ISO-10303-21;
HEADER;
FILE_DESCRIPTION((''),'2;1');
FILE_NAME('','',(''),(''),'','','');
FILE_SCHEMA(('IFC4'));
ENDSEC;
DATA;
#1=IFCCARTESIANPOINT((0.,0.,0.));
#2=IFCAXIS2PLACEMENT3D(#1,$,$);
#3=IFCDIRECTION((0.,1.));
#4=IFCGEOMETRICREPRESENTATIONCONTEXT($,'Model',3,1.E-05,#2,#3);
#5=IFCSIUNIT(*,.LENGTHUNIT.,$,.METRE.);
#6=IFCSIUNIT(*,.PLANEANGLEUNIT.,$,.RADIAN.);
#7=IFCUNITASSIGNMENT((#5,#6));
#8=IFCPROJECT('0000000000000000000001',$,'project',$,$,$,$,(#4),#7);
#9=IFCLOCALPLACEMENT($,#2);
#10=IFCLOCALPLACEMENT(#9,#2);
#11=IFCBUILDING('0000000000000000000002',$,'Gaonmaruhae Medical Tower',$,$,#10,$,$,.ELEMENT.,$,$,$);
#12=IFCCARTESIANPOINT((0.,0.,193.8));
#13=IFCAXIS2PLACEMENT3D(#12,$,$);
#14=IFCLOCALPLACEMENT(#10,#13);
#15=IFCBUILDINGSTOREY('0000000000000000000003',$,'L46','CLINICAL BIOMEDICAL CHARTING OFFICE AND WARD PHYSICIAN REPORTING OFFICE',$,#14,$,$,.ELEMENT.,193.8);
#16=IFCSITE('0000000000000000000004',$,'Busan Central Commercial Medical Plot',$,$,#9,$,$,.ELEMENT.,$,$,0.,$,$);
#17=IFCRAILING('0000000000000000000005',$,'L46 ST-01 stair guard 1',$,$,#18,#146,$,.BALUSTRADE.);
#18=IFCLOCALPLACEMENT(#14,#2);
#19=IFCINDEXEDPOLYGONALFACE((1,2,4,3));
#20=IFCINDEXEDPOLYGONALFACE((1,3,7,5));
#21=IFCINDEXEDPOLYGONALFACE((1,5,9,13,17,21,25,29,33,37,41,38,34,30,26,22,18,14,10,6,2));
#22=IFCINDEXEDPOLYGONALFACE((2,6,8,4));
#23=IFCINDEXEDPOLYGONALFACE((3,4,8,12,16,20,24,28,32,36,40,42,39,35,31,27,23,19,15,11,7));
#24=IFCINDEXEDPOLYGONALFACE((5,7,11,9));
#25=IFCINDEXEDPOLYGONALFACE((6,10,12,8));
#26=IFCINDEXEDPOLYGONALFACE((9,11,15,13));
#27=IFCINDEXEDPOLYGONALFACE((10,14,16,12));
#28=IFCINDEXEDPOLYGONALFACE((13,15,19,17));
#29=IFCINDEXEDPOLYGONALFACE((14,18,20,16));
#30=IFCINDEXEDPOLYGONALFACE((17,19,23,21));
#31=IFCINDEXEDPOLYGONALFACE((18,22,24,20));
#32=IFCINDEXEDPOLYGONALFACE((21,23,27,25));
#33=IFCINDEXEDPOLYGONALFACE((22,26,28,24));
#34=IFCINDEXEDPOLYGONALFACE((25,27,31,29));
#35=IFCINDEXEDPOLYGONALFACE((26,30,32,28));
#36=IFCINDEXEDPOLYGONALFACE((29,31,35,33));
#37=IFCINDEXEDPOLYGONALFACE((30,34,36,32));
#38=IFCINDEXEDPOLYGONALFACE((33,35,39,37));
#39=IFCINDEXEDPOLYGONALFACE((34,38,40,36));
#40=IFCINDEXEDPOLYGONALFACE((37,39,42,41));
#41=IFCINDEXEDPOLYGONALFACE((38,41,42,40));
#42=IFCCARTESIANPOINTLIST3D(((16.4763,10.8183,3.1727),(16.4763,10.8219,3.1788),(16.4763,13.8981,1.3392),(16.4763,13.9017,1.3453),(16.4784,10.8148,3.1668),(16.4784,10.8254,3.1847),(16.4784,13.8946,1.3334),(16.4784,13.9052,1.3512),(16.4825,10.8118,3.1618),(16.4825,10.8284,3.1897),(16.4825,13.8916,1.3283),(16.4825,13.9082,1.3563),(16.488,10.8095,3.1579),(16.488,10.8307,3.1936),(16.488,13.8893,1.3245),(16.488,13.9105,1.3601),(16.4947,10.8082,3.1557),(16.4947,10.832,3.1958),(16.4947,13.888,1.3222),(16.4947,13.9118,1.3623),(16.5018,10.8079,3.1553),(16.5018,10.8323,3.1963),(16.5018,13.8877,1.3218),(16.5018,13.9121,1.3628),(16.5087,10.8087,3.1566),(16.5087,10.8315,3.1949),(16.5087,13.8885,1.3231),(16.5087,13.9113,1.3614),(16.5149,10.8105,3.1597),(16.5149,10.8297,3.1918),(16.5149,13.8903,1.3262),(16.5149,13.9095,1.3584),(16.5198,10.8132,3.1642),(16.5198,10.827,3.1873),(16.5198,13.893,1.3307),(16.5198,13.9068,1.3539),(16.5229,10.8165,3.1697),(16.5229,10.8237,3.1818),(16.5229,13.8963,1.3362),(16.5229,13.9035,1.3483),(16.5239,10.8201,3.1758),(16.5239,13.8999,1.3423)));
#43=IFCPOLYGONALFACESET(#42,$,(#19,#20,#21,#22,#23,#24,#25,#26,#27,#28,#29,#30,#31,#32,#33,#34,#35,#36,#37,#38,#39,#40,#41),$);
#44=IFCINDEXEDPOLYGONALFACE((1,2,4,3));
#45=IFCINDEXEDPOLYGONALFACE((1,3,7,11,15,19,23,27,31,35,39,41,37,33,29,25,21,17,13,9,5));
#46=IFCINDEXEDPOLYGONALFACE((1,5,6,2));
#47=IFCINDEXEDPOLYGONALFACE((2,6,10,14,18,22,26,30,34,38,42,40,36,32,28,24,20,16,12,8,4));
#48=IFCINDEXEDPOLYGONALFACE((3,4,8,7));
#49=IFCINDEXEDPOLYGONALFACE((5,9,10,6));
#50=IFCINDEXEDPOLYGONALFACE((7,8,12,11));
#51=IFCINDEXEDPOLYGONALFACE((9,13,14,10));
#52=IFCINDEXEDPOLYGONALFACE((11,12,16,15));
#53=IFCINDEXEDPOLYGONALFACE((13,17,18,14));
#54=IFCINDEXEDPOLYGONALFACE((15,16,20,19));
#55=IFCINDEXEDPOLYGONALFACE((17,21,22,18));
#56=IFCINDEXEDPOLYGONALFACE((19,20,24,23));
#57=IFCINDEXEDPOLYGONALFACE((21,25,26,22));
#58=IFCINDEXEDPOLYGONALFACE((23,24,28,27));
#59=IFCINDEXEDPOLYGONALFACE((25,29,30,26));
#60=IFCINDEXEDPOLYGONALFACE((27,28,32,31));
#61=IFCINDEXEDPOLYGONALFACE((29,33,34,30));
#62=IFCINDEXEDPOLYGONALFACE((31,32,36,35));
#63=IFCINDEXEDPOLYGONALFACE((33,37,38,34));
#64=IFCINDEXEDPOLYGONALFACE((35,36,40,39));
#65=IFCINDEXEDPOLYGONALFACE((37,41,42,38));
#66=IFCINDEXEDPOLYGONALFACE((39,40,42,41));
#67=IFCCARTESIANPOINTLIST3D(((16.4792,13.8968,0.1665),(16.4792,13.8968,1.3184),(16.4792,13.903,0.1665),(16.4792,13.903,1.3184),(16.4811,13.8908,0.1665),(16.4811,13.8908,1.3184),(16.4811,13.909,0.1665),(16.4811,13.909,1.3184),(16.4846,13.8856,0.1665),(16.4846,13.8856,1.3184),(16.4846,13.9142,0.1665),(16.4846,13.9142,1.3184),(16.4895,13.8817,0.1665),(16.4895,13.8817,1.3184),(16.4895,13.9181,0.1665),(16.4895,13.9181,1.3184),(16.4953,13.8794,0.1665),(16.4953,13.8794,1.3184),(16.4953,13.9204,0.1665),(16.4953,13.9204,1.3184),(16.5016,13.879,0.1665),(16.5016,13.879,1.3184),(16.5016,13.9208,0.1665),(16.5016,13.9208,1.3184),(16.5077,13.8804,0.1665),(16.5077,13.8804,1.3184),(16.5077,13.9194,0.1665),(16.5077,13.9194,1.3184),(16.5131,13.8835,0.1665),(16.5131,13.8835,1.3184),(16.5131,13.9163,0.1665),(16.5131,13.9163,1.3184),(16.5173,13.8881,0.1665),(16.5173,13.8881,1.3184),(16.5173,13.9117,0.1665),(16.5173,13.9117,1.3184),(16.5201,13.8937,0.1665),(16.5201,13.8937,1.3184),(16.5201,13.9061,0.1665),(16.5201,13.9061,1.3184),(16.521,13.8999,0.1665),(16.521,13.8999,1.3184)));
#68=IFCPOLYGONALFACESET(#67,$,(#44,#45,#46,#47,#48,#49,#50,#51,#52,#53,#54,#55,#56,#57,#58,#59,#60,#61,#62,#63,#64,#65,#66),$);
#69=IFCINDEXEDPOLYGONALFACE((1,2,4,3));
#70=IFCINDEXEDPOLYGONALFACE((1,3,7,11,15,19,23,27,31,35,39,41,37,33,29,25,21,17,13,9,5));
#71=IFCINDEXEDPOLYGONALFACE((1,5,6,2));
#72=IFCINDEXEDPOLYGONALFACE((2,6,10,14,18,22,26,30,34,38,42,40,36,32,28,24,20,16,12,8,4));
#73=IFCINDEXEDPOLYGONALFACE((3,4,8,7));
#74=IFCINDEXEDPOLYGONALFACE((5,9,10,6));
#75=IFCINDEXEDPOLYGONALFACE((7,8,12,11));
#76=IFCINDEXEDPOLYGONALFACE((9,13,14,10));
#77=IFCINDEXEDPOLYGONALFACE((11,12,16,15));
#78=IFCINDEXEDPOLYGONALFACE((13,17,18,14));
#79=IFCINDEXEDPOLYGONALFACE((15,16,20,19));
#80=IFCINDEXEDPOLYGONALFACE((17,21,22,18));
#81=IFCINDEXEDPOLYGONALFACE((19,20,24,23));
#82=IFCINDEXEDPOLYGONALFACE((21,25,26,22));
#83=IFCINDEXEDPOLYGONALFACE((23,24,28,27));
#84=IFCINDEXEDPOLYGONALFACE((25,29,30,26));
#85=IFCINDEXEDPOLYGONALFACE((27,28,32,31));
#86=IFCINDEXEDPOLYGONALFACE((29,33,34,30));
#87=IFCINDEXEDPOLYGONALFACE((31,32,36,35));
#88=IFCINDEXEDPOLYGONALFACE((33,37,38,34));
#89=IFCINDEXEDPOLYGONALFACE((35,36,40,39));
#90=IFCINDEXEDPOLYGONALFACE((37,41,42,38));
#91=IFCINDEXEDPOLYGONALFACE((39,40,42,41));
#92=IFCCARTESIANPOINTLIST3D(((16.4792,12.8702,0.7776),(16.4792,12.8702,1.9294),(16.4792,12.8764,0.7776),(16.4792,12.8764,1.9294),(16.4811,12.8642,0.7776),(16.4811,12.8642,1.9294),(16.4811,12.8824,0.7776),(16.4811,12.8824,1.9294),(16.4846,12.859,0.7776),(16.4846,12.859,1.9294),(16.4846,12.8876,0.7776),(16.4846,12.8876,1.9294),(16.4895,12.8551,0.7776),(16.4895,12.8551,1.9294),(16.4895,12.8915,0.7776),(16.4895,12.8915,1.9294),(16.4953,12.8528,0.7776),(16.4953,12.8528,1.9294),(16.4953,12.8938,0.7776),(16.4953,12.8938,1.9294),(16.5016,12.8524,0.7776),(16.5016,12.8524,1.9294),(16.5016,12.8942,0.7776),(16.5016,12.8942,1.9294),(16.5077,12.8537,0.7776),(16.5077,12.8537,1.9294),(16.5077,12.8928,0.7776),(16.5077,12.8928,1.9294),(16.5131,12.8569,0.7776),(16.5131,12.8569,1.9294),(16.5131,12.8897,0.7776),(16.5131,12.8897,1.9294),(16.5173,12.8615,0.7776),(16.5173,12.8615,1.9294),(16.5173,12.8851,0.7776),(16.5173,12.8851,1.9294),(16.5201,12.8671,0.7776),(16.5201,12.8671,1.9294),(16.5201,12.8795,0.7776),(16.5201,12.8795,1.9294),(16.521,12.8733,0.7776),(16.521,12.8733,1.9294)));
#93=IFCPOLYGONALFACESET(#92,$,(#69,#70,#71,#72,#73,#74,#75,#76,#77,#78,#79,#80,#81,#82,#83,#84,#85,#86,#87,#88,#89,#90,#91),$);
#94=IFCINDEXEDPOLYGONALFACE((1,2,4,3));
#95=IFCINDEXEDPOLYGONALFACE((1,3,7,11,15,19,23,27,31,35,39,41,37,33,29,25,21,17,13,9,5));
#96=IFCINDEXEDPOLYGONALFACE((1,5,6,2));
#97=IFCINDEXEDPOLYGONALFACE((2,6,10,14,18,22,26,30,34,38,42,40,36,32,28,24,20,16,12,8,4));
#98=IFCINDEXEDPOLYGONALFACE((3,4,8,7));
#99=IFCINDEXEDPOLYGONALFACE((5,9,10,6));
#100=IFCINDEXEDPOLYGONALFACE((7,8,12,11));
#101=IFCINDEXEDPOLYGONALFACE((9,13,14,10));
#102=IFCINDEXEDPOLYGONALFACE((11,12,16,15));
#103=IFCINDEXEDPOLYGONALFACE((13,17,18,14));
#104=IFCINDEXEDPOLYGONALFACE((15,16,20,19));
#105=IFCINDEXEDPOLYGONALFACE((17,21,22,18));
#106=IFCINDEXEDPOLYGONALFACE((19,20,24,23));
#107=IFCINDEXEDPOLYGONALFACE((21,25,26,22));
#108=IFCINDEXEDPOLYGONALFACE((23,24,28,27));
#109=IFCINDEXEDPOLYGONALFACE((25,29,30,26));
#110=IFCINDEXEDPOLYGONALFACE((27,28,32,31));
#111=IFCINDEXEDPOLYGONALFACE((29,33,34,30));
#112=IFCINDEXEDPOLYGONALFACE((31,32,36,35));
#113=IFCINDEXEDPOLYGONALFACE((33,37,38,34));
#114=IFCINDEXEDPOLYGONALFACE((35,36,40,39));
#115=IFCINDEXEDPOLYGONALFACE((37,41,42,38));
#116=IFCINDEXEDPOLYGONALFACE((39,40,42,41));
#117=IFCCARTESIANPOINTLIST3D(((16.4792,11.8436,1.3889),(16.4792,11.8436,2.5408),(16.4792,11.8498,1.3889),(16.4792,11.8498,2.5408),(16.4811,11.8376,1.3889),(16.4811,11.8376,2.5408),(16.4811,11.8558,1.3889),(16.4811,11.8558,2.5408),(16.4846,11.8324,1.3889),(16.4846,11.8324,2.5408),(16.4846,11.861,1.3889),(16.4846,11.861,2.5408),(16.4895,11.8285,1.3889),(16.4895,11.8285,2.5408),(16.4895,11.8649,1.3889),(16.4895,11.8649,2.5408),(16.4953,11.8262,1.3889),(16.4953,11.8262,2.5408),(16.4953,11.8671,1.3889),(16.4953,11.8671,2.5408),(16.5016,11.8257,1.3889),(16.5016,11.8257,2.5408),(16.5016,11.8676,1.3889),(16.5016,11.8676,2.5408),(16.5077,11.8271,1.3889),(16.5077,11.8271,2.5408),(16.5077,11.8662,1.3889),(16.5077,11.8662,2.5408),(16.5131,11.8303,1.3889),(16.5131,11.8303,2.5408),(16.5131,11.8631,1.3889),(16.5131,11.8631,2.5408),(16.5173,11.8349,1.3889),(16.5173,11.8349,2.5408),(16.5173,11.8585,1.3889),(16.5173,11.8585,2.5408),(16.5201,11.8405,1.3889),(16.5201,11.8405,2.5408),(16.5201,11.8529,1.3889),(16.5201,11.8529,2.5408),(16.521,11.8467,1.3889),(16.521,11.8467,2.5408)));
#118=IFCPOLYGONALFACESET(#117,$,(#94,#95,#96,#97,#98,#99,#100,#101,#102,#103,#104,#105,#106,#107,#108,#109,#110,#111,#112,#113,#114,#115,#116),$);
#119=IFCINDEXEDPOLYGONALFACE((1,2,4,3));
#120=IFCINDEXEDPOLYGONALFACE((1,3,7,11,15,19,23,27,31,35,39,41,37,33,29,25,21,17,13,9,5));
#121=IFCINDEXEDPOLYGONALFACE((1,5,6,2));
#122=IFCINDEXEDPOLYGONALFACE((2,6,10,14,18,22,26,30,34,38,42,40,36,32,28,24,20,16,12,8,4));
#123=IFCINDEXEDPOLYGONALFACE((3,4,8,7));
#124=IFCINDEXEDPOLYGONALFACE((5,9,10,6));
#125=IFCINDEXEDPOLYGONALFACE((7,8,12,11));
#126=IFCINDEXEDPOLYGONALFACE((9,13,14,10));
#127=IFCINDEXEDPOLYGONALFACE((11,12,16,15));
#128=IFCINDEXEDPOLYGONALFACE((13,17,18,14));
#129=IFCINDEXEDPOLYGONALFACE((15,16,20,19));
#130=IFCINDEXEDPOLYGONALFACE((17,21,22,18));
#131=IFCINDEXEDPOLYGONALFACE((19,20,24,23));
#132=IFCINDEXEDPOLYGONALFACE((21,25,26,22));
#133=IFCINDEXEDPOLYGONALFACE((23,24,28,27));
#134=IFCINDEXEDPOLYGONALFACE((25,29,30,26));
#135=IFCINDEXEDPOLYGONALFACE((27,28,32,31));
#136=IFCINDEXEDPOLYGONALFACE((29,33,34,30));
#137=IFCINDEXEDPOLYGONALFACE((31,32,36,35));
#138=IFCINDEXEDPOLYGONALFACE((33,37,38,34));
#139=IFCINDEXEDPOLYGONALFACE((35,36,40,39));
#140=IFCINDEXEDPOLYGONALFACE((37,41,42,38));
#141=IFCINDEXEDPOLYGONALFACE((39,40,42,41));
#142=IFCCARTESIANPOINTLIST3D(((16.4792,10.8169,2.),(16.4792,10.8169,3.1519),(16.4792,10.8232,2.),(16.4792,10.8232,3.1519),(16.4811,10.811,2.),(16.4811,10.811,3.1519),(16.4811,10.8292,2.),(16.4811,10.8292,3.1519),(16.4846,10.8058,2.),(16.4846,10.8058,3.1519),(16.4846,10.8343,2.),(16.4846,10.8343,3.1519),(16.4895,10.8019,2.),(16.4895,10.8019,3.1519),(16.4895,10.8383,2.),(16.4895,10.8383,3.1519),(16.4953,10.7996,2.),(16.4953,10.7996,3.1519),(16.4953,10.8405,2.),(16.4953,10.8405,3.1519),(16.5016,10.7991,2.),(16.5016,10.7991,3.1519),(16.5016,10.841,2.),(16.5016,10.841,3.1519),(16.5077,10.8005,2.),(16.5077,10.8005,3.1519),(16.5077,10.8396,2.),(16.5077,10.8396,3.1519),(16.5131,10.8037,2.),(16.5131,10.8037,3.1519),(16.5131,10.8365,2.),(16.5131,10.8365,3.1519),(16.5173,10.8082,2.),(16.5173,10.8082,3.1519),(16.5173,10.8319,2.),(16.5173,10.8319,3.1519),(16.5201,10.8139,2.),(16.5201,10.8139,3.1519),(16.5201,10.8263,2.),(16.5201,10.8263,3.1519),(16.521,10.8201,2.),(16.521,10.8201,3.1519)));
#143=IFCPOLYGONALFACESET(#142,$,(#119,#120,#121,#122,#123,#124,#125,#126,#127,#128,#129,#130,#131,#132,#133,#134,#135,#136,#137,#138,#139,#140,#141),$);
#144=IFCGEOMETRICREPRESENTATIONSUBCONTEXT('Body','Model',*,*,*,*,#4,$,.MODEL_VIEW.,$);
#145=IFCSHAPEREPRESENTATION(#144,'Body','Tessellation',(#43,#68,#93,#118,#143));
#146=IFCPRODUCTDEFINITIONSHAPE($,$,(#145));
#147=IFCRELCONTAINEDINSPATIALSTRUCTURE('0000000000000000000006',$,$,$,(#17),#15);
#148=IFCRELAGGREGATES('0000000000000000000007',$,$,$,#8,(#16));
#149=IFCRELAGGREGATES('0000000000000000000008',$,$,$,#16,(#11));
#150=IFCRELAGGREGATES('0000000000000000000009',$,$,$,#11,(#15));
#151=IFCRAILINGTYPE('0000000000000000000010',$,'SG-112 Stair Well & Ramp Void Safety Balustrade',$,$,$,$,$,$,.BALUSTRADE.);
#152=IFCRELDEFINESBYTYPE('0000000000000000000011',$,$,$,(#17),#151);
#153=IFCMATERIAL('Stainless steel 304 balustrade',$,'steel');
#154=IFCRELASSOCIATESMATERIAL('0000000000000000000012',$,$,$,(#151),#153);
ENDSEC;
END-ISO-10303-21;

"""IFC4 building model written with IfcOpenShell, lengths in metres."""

from ifc_helpers import new_model, si_unit, direction, frame, origin, origin_2d, place, context, subcontext, project, spatial, circle, extrude, material, type_object, element, save


model = new_model("IFC4")

# Units and contexts
model_context = context("Model", 3, precision=1e-05, world=origin(), true_north=direction((0.0, 1.0)))
body_context = subcontext(model_context, "Body", "Model", "MODEL_VIEW")
ifc_project = project(units=[si_unit("LENGTHUNIT", "METRE"), si_unit("PLANEANGLEUNIT", "RADIAN")], contexts=[model_context])

# Site, building, storey
site_placement = place(None, origin())
site = spatial("IfcSite", under=ifc_project, at=site_placement, Name="Busan Central Commercial Medical Plot", CompositionType="ELEMENT", RefElevation=0.0)
building_placement = place(site_placement, origin())
building = spatial("IfcBuilding", under=site, at=building_placement, Name="Gaonmaruhae Medical Tower", CompositionType="ELEMENT")
storey_placement = place(building_placement, frame((0.0, 0.0, 193.8)))
storey = spatial("IfcBuildingStorey", under=building, at=storey_placement, Name="L46", Description="CLINICAL BIOMEDICAL CHARTING OFFICE AND WARD PHYSICIAN REPORTING OFFICE", CompositionType="ELEMENT", Elevation=193.8)

# Railing
ifc_material_1 = material(Name="Stainless steel 304 balustrade", Category="steel")
railing_type_1 = type_object("IfcRailingType", Name="SG-112 Stair Well & Ramp Void Safety Balustrade", PredefinedType="BALUSTRADE", material=ifc_material_1)
railing_1_placement = place(storey_placement, frame((16.5, 13.8999, 0.1665)))
element("IfcRailing", 1, at=railing_1_placement, inside=storey, type_object=railing_type_1, Name="L46 ST-01 stair guard 1", PredefinedType="BALUSTRADE", context=body_context, shape_type="SweptSolid", body=[
    extrude(circle(Radius=0.0239, at=origin_2d()), frame((0.0, 0.0, 1.1758), z_axis=(0.0, -0.859261, 0.511538), x_axis=(1.0, 0.0, 0.0)), (0.0, 0.0, 1.0), 3.5842),
    extrude(circle(Radius=0.021, at=origin_2d()), origin(), (0.0, 0.0, 1.0), 1.1519),
    extrude(circle(Radius=0.021, at=origin_2d()), frame((0.0, -1.0266, 0.6111)), (0.0, 0.0, 1.0), 1.1519),
    extrude(circle(Radius=0.021, at=origin_2d()), frame((0.0, -2.0532, 1.2224)), (0.0, 0.0, 1.0), 1.1519),
    extrude(circle(Radius=0.021, at=origin_2d()), frame((0.0, -3.0798, 1.8335)), (0.0, 0.0, 1.0), 1.1519),
])

save(model, "model.ifc")
